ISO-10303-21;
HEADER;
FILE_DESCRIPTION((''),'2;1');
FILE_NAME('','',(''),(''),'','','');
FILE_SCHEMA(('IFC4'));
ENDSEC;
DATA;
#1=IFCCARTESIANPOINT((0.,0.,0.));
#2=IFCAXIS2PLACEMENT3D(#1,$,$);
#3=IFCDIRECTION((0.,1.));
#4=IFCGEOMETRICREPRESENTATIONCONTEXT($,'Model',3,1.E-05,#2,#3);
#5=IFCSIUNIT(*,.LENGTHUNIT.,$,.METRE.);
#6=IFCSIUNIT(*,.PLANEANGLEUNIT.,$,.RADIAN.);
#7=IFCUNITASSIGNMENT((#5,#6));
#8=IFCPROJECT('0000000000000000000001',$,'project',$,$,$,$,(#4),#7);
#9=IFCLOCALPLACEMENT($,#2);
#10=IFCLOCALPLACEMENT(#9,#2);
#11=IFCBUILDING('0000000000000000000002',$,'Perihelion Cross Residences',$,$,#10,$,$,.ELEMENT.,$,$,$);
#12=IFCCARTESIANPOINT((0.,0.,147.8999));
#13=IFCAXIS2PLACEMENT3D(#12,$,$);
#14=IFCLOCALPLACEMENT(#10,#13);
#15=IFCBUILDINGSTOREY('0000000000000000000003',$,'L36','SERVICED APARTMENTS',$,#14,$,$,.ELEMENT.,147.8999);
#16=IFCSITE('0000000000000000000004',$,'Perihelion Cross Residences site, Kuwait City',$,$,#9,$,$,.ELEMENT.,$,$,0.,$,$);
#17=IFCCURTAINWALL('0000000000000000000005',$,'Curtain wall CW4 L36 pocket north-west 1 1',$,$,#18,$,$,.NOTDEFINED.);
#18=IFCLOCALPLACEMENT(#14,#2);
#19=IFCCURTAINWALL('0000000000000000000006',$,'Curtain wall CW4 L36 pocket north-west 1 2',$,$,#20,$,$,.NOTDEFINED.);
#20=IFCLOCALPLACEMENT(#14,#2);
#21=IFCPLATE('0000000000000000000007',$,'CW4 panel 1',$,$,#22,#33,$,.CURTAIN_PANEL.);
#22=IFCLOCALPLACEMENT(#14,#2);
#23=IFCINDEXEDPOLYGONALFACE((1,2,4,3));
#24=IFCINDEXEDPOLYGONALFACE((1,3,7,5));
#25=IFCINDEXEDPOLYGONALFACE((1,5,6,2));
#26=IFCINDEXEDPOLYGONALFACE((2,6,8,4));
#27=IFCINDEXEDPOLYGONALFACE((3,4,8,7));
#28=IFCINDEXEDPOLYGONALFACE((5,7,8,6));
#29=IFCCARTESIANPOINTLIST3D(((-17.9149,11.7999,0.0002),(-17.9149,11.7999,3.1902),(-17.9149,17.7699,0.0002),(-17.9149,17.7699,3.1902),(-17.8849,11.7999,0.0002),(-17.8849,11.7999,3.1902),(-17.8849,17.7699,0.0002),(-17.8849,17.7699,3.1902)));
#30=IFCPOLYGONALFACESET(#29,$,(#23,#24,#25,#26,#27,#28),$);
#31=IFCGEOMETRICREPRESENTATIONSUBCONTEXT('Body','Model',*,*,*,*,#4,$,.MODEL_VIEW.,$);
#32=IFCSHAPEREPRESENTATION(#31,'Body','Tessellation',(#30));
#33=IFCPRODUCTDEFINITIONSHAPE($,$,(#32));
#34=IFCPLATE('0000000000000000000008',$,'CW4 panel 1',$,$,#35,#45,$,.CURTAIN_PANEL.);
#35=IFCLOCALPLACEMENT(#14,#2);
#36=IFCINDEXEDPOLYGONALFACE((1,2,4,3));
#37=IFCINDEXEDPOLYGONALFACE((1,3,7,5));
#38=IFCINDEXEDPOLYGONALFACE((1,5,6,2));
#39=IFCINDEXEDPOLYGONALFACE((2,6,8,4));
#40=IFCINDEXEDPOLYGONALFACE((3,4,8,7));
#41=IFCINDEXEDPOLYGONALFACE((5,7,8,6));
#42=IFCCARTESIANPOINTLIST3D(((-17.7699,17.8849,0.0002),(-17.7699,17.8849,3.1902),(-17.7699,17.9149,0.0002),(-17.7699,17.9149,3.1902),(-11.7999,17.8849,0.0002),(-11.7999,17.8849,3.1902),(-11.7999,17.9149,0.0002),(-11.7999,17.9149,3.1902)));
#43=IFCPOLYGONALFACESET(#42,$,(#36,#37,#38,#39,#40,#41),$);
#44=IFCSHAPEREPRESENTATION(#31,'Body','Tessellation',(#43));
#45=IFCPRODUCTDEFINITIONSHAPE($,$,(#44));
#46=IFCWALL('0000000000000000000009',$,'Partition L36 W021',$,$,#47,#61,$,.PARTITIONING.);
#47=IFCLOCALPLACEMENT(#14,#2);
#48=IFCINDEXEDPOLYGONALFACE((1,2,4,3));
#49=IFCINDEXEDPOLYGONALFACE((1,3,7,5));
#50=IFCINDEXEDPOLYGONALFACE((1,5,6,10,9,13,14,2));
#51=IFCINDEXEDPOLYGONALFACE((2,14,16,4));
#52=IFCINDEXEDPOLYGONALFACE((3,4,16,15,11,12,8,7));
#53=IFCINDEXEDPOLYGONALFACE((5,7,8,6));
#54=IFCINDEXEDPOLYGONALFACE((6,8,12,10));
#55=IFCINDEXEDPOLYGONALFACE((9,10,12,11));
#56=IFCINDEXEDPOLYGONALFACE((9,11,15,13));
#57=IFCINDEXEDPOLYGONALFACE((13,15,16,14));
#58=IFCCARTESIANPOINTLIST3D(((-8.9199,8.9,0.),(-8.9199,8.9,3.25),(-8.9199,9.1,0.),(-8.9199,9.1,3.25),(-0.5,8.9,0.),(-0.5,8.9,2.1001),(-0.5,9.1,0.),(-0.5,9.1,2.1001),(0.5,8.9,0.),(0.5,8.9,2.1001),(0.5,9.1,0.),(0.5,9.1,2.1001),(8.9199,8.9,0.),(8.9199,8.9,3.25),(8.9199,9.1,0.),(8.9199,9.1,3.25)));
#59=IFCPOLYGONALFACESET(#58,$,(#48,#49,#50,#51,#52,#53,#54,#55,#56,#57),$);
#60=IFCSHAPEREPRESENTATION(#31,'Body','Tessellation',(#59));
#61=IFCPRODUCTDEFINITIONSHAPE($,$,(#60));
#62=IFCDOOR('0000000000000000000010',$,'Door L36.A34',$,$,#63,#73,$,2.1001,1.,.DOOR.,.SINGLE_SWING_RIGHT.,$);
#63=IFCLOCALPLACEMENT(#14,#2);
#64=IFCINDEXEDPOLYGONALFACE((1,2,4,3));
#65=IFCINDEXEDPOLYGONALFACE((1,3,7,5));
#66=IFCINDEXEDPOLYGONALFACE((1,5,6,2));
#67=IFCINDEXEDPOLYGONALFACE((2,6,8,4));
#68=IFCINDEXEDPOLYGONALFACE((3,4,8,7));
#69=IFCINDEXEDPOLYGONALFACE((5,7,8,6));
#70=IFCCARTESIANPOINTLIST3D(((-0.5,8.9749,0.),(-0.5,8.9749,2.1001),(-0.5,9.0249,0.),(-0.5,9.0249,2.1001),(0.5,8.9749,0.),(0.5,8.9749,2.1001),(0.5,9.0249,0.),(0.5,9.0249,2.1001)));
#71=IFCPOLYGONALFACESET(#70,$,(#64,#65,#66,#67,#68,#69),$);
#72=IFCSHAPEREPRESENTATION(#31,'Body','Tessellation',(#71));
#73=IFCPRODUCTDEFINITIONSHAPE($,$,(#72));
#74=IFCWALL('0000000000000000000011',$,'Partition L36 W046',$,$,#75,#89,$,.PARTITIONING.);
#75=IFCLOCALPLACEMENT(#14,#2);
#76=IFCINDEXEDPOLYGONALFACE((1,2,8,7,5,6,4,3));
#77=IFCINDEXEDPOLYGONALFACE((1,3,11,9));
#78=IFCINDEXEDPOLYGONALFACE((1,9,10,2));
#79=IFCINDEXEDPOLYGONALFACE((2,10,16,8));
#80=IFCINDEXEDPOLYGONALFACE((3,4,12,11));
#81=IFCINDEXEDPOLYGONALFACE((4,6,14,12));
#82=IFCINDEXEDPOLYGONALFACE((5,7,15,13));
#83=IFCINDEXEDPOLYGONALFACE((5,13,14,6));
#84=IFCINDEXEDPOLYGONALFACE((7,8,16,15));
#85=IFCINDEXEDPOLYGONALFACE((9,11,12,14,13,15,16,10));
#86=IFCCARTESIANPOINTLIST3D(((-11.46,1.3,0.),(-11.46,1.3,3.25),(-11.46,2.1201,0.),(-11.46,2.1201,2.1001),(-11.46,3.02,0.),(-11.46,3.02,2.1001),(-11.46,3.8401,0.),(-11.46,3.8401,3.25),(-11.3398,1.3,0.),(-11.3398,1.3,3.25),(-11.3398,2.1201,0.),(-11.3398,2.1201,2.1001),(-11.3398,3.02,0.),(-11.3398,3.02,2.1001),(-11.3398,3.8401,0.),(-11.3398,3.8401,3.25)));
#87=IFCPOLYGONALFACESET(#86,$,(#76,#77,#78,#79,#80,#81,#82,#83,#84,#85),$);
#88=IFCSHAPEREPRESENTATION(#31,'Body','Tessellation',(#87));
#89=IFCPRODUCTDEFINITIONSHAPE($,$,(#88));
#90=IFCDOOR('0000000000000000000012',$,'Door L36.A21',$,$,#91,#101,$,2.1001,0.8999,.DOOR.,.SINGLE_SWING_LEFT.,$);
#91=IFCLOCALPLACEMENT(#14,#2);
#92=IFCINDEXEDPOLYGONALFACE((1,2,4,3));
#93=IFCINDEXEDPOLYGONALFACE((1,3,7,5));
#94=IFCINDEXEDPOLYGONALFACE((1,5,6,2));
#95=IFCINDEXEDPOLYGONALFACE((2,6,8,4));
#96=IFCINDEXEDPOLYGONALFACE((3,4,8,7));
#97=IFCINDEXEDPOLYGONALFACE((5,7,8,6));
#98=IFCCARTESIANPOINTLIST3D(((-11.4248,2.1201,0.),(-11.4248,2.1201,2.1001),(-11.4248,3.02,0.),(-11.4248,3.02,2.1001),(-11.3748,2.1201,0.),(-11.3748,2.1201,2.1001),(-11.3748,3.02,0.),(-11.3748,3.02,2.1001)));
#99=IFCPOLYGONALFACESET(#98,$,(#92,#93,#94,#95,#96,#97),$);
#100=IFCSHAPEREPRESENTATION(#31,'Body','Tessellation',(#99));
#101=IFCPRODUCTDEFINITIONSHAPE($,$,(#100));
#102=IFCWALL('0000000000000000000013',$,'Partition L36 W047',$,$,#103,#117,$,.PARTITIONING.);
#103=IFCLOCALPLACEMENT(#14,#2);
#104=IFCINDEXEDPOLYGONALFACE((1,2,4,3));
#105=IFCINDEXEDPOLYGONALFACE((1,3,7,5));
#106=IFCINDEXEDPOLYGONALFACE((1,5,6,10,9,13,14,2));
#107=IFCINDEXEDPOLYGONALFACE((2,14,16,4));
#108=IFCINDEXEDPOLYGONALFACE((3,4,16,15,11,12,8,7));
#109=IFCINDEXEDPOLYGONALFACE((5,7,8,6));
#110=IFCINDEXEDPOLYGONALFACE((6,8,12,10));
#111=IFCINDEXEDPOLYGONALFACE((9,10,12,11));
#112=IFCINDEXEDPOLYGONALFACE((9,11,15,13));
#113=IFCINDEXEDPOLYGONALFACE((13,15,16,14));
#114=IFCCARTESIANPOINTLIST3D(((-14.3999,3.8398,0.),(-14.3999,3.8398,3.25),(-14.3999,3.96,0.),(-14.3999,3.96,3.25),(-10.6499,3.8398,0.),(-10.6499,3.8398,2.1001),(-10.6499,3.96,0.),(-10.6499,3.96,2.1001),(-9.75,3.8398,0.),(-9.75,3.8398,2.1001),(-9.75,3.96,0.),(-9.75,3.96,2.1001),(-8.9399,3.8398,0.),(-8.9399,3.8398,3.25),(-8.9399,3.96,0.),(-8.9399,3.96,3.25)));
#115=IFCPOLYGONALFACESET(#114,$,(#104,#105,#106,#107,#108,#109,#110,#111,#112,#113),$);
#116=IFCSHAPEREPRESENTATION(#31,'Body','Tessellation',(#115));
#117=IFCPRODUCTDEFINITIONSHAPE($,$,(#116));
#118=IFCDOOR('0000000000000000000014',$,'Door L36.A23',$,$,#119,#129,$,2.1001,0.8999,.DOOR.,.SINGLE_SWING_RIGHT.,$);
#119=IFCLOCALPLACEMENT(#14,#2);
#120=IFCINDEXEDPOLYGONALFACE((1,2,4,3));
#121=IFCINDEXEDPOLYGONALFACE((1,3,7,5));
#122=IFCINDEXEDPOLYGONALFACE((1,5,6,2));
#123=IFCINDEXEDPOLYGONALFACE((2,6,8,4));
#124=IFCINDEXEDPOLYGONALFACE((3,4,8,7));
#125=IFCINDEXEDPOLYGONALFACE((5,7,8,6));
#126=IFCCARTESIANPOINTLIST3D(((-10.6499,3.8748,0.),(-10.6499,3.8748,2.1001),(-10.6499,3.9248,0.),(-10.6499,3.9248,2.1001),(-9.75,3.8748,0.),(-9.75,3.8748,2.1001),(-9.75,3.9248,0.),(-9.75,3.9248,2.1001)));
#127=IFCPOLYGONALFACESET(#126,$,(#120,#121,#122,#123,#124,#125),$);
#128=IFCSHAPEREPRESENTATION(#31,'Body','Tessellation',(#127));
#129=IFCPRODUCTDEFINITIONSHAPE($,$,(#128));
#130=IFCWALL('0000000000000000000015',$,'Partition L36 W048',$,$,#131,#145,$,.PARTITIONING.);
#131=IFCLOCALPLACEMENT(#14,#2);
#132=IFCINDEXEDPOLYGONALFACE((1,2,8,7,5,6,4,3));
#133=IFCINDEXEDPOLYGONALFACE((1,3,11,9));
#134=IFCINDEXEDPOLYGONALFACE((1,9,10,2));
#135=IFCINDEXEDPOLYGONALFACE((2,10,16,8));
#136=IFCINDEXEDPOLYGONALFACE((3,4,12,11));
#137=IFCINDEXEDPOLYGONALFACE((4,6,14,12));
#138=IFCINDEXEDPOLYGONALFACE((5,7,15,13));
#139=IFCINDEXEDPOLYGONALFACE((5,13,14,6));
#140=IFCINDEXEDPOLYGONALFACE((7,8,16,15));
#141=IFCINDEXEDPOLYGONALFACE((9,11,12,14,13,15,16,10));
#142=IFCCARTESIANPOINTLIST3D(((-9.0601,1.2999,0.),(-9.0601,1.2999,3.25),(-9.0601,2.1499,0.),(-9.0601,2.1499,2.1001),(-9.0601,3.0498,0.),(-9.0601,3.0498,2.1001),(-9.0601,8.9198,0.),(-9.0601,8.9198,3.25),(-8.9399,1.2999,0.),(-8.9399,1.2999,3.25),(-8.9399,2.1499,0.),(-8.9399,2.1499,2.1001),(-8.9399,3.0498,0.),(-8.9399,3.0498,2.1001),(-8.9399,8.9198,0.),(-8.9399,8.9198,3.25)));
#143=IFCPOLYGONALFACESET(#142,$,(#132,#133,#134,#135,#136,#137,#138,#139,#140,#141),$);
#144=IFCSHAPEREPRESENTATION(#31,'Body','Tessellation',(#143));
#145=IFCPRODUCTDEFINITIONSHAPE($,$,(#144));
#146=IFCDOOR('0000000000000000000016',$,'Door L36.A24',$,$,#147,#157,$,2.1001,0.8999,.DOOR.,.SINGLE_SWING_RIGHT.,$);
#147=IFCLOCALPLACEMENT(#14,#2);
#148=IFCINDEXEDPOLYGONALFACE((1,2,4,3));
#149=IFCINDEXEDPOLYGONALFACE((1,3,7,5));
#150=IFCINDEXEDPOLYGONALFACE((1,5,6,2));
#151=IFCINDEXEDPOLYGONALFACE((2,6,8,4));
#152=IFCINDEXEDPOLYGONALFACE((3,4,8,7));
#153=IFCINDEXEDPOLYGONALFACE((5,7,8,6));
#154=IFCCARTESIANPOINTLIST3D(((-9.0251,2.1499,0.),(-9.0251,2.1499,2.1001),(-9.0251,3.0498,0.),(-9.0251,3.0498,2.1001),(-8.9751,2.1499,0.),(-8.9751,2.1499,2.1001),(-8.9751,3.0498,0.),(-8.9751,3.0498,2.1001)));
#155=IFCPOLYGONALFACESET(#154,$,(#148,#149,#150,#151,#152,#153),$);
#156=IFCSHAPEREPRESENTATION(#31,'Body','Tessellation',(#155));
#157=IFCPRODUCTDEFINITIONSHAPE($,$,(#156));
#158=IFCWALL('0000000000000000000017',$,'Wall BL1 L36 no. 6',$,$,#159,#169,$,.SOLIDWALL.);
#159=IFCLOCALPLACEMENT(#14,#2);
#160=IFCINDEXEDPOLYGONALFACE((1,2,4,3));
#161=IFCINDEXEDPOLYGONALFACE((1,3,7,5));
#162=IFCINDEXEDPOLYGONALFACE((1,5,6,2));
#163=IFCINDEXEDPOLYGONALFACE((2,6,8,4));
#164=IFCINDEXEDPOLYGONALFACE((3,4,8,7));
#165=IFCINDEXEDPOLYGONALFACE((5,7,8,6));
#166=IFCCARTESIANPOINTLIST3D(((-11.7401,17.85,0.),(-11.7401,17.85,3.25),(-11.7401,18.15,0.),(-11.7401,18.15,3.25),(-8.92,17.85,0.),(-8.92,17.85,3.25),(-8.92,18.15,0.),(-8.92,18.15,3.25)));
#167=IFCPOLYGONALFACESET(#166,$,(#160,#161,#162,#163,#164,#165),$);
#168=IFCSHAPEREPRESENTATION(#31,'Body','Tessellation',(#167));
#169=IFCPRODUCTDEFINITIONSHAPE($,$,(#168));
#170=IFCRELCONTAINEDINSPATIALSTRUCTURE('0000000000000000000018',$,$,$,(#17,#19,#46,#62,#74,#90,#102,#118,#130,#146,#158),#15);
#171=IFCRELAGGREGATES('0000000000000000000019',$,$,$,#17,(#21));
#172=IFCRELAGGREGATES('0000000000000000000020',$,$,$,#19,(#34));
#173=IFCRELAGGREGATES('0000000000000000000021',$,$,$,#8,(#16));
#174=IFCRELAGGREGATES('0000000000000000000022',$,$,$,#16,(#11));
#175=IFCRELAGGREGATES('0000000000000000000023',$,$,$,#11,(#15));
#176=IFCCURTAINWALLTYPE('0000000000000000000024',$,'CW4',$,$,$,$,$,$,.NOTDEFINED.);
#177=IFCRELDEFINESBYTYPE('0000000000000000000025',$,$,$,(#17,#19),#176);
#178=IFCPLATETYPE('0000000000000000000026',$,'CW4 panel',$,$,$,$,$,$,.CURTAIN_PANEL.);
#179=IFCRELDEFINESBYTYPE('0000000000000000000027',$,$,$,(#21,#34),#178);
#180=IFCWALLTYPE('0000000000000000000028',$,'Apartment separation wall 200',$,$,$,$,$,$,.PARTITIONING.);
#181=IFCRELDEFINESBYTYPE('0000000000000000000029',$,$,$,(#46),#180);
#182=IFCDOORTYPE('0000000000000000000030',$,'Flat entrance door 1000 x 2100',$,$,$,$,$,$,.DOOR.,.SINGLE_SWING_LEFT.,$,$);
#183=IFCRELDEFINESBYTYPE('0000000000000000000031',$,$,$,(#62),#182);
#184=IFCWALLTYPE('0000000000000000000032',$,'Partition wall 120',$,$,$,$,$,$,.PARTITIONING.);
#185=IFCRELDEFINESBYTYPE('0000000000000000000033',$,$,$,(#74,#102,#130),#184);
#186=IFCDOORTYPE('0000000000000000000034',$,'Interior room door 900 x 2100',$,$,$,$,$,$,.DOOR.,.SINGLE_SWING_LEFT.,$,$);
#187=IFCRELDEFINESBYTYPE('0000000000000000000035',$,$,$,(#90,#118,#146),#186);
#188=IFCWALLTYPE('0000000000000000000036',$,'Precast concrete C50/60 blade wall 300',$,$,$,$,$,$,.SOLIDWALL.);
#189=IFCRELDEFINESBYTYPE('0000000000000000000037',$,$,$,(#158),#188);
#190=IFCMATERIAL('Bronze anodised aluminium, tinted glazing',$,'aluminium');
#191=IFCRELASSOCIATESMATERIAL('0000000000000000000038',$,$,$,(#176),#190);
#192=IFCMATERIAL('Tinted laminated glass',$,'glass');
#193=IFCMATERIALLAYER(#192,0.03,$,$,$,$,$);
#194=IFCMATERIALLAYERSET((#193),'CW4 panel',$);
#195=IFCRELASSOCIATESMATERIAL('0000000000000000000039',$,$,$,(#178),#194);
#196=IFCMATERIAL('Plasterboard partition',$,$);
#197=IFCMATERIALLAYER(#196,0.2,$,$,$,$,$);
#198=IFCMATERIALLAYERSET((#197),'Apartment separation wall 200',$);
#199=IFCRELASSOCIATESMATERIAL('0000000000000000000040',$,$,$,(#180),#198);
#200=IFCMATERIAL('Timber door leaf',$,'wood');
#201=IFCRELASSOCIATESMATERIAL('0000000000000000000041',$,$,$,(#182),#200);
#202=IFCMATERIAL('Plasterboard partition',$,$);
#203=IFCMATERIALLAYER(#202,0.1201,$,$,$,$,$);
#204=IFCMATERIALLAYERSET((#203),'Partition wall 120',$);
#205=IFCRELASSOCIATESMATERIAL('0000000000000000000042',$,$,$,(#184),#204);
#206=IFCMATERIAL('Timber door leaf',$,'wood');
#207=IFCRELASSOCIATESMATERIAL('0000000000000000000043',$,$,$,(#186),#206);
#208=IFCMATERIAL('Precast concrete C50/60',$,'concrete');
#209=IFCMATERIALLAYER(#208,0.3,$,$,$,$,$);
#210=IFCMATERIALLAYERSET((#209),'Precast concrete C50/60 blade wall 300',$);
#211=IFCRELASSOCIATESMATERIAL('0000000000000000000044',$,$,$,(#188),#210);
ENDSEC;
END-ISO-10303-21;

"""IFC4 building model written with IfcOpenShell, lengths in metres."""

from ifc_helpers import new_model, si_unit, direction, frame, frame_2d, origin, origin_2d, place, context, subcontext, project, spatial, rectangle, extrude, material, layer, layer_set, type_object, element, fill, aggregate, save


model = new_model("IFC4")

# Units and contexts
model_context = context("Model", 3, precision=1e-05, world=origin(), true_north=direction((0.0, 1.0)))
body_context = subcontext(model_context, "Body", "Model", "MODEL_VIEW")
ifc_project = project(units=[si_unit("LENGTHUNIT", "METRE"), si_unit("PLANEANGLEUNIT", "RADIAN")], contexts=[model_context])

# Site, building, storey
site_placement = place(None, origin())
site = spatial("IfcSite", under=ifc_project, at=site_placement, Name="Perihelion Cross Residences site, Kuwait City", CompositionType="ELEMENT", RefElevation=0.0)
building_placement = place(site_placement, origin())
building = spatial("IfcBuilding", under=site, at=building_placement, Name="Perihelion Cross Residences", CompositionType="ELEMENT")
storey_placement = place(building_placement, frame((0.0, 0.0, 147.8999)))
storey = spatial("IfcBuildingStorey", under=building, at=storey_placement, Name="L36", Description="SERVICED APARTMENTS", CompositionType="ELEMENT", Elevation=147.8999)

# Curtain walls
ifc_material_1 = material(Name="Bronze anodised aluminium, tinted glazing", Category="aluminium")
curtain_wall_type_1 = type_object("IfcCurtainWallType", Name="CW4", PredefinedType="NOTDEFINED", material=ifc_material_1)
curtain_wall_1_placement = place(storey_placement, origin())
curtain_wall_1 = element("IfcCurtainWall", 1, at=curtain_wall_1_placement, inside=storey, type_object=curtain_wall_type_1, Name="Curtain wall CW4 L36 pocket north-west 1 1", PredefinedType="NOTDEFINED")
curtain_wall_2_placement = place(storey_placement, origin())
curtain_wall_2 = element("IfcCurtainWall", 2, at=curtain_wall_2_placement, inside=storey, type_object=curtain_wall_type_1, Name="Curtain wall CW4 L36 pocket north-west 1 2", PredefinedType="NOTDEFINED")

# Plates
ifc_material_2 = material(Name="Tinted laminated glass", Category="glass")
ifc_layer_1 = layer(ifc_material_2, 0.03)
ifc_layer_set_1 = layer_set([ifc_layer_1], Name="CW4 panel")
plate_type_1 = type_object("IfcPlateType", Name="CW4 panel", PredefinedType="CURTAIN_PANEL", material=ifc_layer_set_1)
plate_1_placement = place(storey_placement, frame((-17.8999, 14.7849, 0.0002), z_axis=(0.0, 0.0, 1.0), x_axis=(0.0, 1.0, 0.0)))
plate_1 = element("IfcPlate", 3, at=plate_1_placement, type_object=plate_type_1, Name="CW4 panel 1", PredefinedType="CURTAIN_PANEL", context=body_context, shape_type="SweptSolid", body=[
    extrude(rectangle(XDim=5.97, YDim=0.03, at=origin_2d()), origin(), (0.0, 0.0, 1.0), 3.1899),
])
aggregate(curtain_wall_1, [plate_1])
plate_2_placement = place(storey_placement, frame((-14.7849, 17.8999, 0.0002), z_axis=(0.0, 0.0, 1.0), x_axis=(1.0, 0.0, 0.0)))
plate_2 = element("IfcPlate", 4, at=plate_2_placement, type_object=plate_type_1, Name="CW4 panel 1", PredefinedType="CURTAIN_PANEL", context=body_context, shape_type="SweptSolid", body=[
    extrude(rectangle(XDim=5.97, YDim=0.03, at=origin_2d()), origin(), (0.0, 0.0, 1.0), 3.1899),
])
aggregate(curtain_wall_2, [plate_2])

# Walls, openings, doors
ifc_material_3 = material(Name="Plasterboard partition")
ifc_layer_2 = layer(ifc_material_3, 0.2)
ifc_layer_set_2 = layer_set([ifc_layer_2], Name="Apartment separation wall 200")
wall_type_1 = type_object("IfcWallType", Name="Apartment separation wall 200", PredefinedType="PARTITIONING", material=ifc_layer_set_2)
wall_1_placement = place(storey_placement, frame((-8.9199, 9.0, 0.0), z_axis=(0.0, 0.0, 1.0), x_axis=(1.0, 0.0, 0.0)))
wall_1 = element("IfcWall", 5, at=wall_1_placement, inside=storey, type_object=wall_type_1, Name="Partition L36 W021", PredefinedType="PARTITIONING", context=body_context, shape_type="SweptSolid", body=[
    extrude(rectangle(XDim=17.8398, YDim=0.2, at=frame_2d((8.9199, 0.0))), origin(), (0.0, 0.0, 1.0), 3.25),
])
opening_1_placement = place(wall_1_placement, frame((8.4199, 0.0, 0.0)))
opening_1 = element("IfcOpeningElement", 6, at=opening_1_placement, cuts=wall_1, PredefinedType="OPENING", context=body_context, shape_type="SweptSolid", body=[
    extrude(rectangle(XDim=1.0, YDim=2.1001, at=frame_2d((0.5, 1.05))), frame((0.0, 0.1099, 0.0), z_axis=(0.0, -1.0, 0.0), x_axis=(1.0, 0.0, 0.0)), (0.0, 0.0, 1.0), 0.22),
])
ifc_material_4 = material(Name="Timber door leaf", Category="wood")
door_type_1 = type_object("IfcDoorType", Name="Flat entrance door 1000 x 2100", OperationType="SINGLE_SWING_LEFT", PredefinedType="DOOR", material=ifc_material_4)
door_1_placement = place(opening_1_placement, origin())
door_1 = element("IfcDoor", 7, at=door_1_placement, inside=storey, type_object=door_type_1, Name="Door L36.A34", OperationType="SINGLE_SWING_RIGHT", OverallHeight=2.1001, OverallWidth=1.0, PredefinedType="DOOR", context=body_context, shape_type="SweptSolid", body=[
    extrude(rectangle(XDim=1.0, YDim=2.1001, at=frame_2d((0.5, 1.05))), frame((0.0, 0.0249, 0.0), z_axis=(0.0, -1.0, 0.0), x_axis=(1.0, 0.0, 0.0)), (0.0, 0.0, 1.0), 0.05),
])
fill(opening_1, door_1)
ifc_material_5 = material(Name="Plasterboard partition")
ifc_layer_3 = layer(ifc_material_5, 0.1201)
ifc_layer_set_3 = layer_set([ifc_layer_3], Name="Partition wall 120")
wall_type_2 = type_object("IfcWallType", Name="Partition wall 120", PredefinedType="PARTITIONING", material=ifc_layer_set_3)
wall_2_placement = place(storey_placement, frame((-11.3999, 1.3, 0.0), z_axis=(0.0, 0.0, 1.0), x_axis=(0.0, 1.0, 0.0)))
wall_2 = element("IfcWall", 8, at=wall_2_placement, inside=storey, type_object=wall_type_2, Name="Partition L36 W046", PredefinedType="PARTITIONING", context=body_context, shape_type="SweptSolid", body=[
    extrude(rectangle(XDim=2.54, YDim=0.1201, at=frame_2d((1.27, 0.0))), origin(), (0.0, 0.0, 1.0), 3.25),
])
opening_2_placement = place(wall_2_placement, frame((0.8201, 0.0, 0.0)))
opening_2 = element("IfcOpeningElement", 9, at=opening_2_placement, cuts=wall_2, PredefinedType="OPENING", context=body_context, shape_type="SweptSolid", body=[
    extrude(rectangle(XDim=0.8999, YDim=2.1001, at=frame_2d((0.45, 1.05))), frame((0.0, 0.0701, 0.0), z_axis=(0.0, -1.0, 0.0), x_axis=(1.0, 0.0, 0.0)), (0.0, 0.0, 1.0), 0.1401),
])
ifc_material_6 = material(Name="Timber door leaf", Category="wood")
door_type_2 = type_object("IfcDoorType", Name="Interior room door 900 x 2100", OperationType="SINGLE_SWING_LEFT", PredefinedType="DOOR", material=ifc_material_6)
door_2_placement = place(opening_2_placement, origin())
door_2 = element("IfcDoor", 10, at=door_2_placement, inside=storey, type_object=door_type_2, Name="Door L36.A21", OperationType="SINGLE_SWING_LEFT", OverallHeight=2.1001, OverallWidth=0.8999, PredefinedType="DOOR", context=body_context, shape_type="SweptSolid", body=[
    extrude(rectangle(XDim=0.8999, YDim=2.1001, at=frame_2d((0.45, 1.05))), frame((0.0, 0.0249, 0.0), z_axis=(0.0, -1.0, 0.0), x_axis=(1.0, 0.0, 0.0)), (0.0, 0.0, 1.0), 0.05),
])
fill(opening_2, door_2)
wall_3_placement = place(storey_placement, frame((-14.3999, 3.8999, 0.0), z_axis=(0.0, 0.0, 1.0), x_axis=(1.0, 0.0, 0.0)))
wall_3 = element("IfcWall", 11, at=wall_3_placement, inside=storey, type_object=wall_type_2, Name="Partition L36 W047", PredefinedType="PARTITIONING", context=body_context, shape_type="SweptSolid", body=[
    extrude(rectangle(XDim=5.46, YDim=0.1201, at=frame_2d((2.73, 0.0))), origin(), (0.0, 0.0, 1.0), 3.25),
])
opening_3_placement = place(wall_3_placement, frame((3.75, 0.0, 0.0)))
opening_3 = element("IfcOpeningElement", 12, at=opening_3_placement, cuts=wall_3, PredefinedType="OPENING", context=body_context, shape_type="SweptSolid", body=[
    extrude(rectangle(XDim=0.8999, YDim=2.1001, at=frame_2d((0.45, 1.05))), frame((0.0, 0.0701, 0.0), z_axis=(0.0, -1.0, 0.0), x_axis=(1.0, 0.0, 0.0)), (0.0, 0.0, 1.0), 0.1401),
])
door_3_placement = place(opening_3_placement, origin())
door_3 = element("IfcDoor", 13, at=door_3_placement, inside=storey, type_object=door_type_2, Name="Door L36.A23", OperationType="SINGLE_SWING_RIGHT", OverallHeight=2.1001, OverallWidth=0.8999, PredefinedType="DOOR", context=body_context, shape_type="SweptSolid", body=[
    extrude(rectangle(XDim=0.8999, YDim=2.1001, at=frame_2d((0.45, 1.05))), frame((0.0, 0.0249, 0.0), z_axis=(0.0, -1.0, 0.0), x_axis=(1.0, 0.0, 0.0)), (0.0, 0.0, 1.0), 0.05),
])
fill(opening_3, door_3)
wall_4_placement = place(storey_placement, frame((-9.0, 8.9199, 0.0), z_axis=(0.0, 0.0, 1.0), x_axis=(0.0, -1.0, 0.0)))
wall_4 = element("IfcWall", 14, at=wall_4_placement, inside=storey, type_object=wall_type_2, Name="Partition L36 W048", PredefinedType="PARTITIONING", context=body_context, shape_type="SweptSolid", body=[
    extrude(rectangle(XDim=7.6199, YDim=0.1201, at=frame_2d((3.8101, 0.0))), origin(), (0.0, 0.0, 1.0), 3.25),
])
opening_4_placement = place(wall_4_placement, frame((5.8701, 0.0, 0.0)))
opening_4 = element("IfcOpeningElement", 15, at=opening_4_placement, cuts=wall_4, PredefinedType="OPENING", context=body_context, shape_type="SweptSolid", body=[
    extrude(rectangle(XDim=0.8999, YDim=2.1001, at=frame_2d((0.45, 1.05))), frame((0.0, 0.0701, 0.0), z_axis=(0.0, -1.0, 0.0), x_axis=(1.0, 0.0, 0.0)), (0.0, 0.0, 1.0), 0.1401),
])
door_4_placement = place(opening_4_placement, origin())
door_4 = element("IfcDoor", 16, at=door_4_placement, inside=storey, type_object=door_type_2, Name="Door L36.A24", OperationType="SINGLE_SWING_RIGHT", OverallHeight=2.1001, OverallWidth=0.8999, PredefinedType="DOOR", context=body_context, shape_type="SweptSolid", body=[
    extrude(rectangle(XDim=0.8999, YDim=2.1001, at=frame_2d((0.45, 1.05))), frame((0.0, 0.0249, 0.0), z_axis=(0.0, -1.0, 0.0), x_axis=(1.0, 0.0, 0.0)), (0.0, 0.0, 1.0), 0.05),
])
fill(opening_4, door_4)

# Wall
ifc_material_7 = material(Name="Precast concrete C50/60", Category="concrete")
ifc_layer_4 = layer(ifc_material_7, 0.3)
ifc_layer_set_4 = layer_set([ifc_layer_4], Name="Precast concrete C50/60 blade wall 300")
wall_type_3 = type_object("IfcWallType", Name="Precast concrete C50/60 blade wall 300", PredefinedType="SOLIDWALL", material=ifc_layer_set_4)
wall_5_placement = place(storey_placement, frame((-8.9199, 18.0, 0.0), z_axis=(0.0, 0.0, 1.0), x_axis=(-1.0, 0.0, 0.0)))
element("IfcWall", 17, at=wall_5_placement, inside=storey, type_object=wall_type_3, Name="Wall BL1 L36 no. 6", PredefinedType="SOLIDWALL", context=body_context, shape_type="SweptSolid", body=[
    extrude(rectangle(XDim=2.8201, YDim=0.3, at=frame_2d((1.4102, 0.0))), origin(), (0.0, 0.0, 1.0), 3.25),
])

save(model, "model.ifc")
